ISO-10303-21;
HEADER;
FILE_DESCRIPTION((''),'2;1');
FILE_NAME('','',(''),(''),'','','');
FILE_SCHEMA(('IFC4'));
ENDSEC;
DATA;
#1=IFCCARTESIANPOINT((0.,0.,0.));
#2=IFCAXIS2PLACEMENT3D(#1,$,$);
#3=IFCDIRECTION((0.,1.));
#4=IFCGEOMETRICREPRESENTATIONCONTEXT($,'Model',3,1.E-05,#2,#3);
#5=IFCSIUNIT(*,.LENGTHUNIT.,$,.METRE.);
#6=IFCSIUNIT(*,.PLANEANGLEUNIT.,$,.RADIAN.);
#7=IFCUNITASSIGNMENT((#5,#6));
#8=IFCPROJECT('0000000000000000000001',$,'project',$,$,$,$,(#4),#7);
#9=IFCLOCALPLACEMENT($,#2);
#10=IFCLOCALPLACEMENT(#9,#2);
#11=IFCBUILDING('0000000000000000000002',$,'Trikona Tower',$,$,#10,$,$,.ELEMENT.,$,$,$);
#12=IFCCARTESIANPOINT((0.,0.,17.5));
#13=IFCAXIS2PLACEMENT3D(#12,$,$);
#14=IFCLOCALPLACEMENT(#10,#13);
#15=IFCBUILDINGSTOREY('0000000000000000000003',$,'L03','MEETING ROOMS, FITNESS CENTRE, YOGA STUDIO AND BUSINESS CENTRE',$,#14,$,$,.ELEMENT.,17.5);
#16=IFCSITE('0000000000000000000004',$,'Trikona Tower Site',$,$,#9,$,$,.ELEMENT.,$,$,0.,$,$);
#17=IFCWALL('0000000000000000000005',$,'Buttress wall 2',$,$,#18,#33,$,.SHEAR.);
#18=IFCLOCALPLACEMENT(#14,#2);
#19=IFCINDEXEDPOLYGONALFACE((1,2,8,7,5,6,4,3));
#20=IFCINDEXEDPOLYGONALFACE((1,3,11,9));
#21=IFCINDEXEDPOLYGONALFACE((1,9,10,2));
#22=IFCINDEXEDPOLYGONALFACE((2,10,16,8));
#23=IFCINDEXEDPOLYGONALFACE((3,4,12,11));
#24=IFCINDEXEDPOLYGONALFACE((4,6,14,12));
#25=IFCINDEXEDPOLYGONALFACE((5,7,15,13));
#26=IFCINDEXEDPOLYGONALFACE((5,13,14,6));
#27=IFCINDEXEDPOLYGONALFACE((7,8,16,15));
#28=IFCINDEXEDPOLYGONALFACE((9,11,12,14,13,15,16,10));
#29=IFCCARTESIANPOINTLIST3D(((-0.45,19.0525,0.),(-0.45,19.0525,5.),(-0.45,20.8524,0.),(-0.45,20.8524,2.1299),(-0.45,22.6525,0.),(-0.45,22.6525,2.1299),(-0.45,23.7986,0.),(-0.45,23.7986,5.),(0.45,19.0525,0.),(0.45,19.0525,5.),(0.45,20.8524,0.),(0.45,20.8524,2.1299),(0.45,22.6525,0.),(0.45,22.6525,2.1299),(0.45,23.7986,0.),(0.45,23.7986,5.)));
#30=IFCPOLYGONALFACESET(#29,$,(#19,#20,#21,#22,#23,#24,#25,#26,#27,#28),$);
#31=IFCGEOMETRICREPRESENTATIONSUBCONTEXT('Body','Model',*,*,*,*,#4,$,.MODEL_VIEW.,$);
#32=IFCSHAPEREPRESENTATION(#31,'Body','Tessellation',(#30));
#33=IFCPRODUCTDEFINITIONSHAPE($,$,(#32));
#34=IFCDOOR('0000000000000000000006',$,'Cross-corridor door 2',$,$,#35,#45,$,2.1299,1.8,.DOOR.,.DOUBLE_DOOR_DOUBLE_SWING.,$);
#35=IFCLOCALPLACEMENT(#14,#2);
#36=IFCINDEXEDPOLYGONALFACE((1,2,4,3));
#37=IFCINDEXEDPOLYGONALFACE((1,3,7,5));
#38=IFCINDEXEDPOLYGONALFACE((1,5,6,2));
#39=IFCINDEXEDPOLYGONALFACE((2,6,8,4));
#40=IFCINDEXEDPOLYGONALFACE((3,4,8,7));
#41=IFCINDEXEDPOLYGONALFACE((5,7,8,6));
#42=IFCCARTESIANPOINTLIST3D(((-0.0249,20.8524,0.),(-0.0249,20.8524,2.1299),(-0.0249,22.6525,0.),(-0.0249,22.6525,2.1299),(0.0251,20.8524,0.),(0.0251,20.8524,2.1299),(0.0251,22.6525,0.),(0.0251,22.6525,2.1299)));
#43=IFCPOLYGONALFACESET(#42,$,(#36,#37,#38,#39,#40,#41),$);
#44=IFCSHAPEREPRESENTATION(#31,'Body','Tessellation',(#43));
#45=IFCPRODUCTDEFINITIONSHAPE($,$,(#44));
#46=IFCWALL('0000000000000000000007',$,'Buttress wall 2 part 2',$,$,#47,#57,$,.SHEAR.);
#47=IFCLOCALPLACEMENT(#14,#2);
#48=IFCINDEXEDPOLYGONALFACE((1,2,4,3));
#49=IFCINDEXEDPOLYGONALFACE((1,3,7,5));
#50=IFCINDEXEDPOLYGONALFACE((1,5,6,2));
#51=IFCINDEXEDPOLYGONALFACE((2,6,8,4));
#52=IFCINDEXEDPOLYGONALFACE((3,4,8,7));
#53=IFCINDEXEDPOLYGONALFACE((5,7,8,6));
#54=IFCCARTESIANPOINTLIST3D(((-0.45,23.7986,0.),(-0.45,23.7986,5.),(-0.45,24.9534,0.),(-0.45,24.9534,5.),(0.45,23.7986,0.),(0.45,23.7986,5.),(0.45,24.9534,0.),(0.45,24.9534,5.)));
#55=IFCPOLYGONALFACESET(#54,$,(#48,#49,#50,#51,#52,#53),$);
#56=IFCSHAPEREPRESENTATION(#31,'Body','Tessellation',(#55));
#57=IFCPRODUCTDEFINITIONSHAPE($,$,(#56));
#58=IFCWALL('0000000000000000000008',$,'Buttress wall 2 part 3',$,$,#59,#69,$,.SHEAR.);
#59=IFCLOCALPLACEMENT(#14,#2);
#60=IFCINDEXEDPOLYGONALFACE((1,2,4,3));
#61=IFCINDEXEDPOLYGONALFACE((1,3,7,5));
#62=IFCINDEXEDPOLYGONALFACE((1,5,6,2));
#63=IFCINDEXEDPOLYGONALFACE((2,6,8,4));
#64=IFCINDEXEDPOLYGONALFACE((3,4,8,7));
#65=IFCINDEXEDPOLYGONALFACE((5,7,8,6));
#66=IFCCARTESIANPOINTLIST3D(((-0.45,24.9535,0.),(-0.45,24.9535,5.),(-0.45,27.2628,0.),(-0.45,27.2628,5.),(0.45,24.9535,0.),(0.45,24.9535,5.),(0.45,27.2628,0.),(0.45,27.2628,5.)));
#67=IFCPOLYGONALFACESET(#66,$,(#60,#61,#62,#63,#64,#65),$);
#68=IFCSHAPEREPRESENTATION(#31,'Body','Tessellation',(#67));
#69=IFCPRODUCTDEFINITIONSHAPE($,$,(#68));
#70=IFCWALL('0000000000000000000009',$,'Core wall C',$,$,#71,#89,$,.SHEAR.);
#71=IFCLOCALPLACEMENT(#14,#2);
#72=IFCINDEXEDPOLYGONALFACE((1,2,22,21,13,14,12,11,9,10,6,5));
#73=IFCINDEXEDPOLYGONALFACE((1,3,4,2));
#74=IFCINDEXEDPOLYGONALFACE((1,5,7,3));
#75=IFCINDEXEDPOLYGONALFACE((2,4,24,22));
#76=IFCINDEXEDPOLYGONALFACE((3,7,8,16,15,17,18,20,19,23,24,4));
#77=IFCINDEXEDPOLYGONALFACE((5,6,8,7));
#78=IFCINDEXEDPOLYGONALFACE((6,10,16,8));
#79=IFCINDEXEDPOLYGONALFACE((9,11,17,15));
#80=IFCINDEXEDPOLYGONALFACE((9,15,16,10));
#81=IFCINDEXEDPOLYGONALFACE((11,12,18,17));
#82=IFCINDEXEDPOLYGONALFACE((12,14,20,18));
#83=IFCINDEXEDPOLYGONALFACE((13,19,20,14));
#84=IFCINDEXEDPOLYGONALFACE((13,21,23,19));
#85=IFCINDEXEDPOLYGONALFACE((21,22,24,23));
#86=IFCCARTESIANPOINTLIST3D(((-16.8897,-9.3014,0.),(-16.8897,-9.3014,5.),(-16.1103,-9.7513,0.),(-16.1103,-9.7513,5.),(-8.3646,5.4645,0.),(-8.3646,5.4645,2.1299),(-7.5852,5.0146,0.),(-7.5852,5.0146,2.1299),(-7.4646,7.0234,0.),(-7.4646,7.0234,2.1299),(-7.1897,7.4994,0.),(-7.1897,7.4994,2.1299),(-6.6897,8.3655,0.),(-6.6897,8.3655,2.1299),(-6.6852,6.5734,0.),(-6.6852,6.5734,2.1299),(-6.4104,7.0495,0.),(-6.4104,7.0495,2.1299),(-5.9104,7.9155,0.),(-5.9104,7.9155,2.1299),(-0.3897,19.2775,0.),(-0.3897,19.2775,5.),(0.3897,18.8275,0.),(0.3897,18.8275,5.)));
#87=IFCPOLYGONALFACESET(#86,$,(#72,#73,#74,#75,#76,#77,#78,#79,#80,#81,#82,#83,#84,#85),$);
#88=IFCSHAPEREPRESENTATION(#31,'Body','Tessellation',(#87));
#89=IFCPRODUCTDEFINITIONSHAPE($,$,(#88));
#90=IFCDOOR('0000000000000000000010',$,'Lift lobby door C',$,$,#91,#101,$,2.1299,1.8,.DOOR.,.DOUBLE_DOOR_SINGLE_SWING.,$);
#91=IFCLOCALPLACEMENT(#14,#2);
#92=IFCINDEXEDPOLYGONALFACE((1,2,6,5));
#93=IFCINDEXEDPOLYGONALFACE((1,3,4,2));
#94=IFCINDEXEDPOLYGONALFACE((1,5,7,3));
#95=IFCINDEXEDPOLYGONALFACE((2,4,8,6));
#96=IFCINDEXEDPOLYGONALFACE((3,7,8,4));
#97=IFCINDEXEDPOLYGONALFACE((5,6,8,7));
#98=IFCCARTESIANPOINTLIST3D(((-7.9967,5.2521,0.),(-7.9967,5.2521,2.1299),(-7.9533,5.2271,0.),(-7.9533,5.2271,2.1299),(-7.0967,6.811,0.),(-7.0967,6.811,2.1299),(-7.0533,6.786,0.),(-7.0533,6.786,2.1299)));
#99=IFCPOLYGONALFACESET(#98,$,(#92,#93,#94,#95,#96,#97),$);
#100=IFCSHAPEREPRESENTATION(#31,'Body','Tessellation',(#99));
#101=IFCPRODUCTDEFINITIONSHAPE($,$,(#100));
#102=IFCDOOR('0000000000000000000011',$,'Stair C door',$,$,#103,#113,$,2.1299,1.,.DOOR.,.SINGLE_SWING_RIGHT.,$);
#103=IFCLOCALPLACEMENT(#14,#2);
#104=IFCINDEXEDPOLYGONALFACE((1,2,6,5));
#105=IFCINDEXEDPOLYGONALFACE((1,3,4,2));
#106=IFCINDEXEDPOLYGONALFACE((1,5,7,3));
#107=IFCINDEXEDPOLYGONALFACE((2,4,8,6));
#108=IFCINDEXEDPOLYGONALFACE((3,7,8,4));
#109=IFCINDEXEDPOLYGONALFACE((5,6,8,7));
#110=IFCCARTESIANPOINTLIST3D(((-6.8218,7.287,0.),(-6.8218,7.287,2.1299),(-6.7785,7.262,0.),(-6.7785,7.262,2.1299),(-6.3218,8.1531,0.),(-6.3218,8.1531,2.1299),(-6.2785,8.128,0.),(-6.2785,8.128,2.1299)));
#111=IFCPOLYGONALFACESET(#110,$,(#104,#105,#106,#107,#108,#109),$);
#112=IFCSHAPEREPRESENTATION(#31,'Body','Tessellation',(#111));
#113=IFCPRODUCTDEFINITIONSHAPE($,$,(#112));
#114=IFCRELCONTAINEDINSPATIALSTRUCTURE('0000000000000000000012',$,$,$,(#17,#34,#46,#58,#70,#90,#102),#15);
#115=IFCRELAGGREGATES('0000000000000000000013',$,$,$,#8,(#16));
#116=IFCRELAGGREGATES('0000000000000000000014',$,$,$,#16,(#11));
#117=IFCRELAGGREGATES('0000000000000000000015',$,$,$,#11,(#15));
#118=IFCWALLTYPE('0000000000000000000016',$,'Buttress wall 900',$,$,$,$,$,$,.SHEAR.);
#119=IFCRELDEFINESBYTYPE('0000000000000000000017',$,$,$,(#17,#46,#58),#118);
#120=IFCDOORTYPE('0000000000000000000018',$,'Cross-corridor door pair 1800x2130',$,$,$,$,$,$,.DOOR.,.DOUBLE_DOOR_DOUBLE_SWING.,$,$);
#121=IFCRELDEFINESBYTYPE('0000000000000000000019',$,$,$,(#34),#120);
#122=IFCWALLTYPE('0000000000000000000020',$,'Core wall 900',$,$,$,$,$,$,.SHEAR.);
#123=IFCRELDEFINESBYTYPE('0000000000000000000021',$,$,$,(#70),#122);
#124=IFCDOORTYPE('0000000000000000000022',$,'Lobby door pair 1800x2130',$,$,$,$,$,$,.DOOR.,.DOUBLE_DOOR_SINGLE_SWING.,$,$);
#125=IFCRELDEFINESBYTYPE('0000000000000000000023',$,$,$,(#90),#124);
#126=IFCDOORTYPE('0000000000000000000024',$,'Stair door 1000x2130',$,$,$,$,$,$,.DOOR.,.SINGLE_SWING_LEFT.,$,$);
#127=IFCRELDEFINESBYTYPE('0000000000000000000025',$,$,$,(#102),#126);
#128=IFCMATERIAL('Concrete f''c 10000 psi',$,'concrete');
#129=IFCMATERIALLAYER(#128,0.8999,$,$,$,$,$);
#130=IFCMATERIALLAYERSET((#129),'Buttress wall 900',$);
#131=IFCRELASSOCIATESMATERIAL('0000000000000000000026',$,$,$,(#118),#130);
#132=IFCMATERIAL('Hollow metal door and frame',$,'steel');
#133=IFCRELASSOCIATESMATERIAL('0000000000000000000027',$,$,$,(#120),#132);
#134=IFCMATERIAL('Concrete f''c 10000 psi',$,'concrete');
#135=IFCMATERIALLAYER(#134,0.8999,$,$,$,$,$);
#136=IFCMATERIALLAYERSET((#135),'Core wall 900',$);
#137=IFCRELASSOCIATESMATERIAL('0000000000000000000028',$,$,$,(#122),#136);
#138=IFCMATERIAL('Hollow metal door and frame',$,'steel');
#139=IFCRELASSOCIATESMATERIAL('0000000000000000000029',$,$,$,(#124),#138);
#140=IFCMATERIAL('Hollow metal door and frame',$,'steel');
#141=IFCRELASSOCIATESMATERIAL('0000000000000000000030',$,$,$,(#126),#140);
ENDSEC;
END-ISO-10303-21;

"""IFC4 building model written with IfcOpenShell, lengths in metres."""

from ifc_helpers import new_model, si_unit, direction, frame, frame_2d, origin, place, context, subcontext, project, spatial, rectangle, extrude, material, layer, layer_set, type_object, element, fill, save


model = new_model("IFC4")

# Units and contexts
model_context = context("Model", 3, precision=1e-05, world=origin(), true_north=direction((0.0, 1.0)))
body_context = subcontext(model_context, "Body", "Model", "MODEL_VIEW")
ifc_project = project(units=[si_unit("LENGTHUNIT", "METRE"), si_unit("PLANEANGLEUNIT", "RADIAN")], contexts=[model_context])

# Site, building, storey
site_placement = place(None, origin())
site = spatial("IfcSite", under=ifc_project, at=site_placement, Name="Trikona Tower Site", CompositionType="ELEMENT", RefElevation=0.0)
building_placement = place(site_placement, origin())
building = spatial("IfcBuilding", under=site, at=building_placement, Name="Trikona Tower", CompositionType="ELEMENT")
storey_placement = place(building_placement, frame((0.0, 0.0, 17.5)))
storey = spatial("IfcBuildingStorey", under=building, at=storey_placement, Name="L03", Description="MEETING ROOMS, FITNESS CENTRE, YOGA STUDIO AND BUSINESS CENTRE", CompositionType="ELEMENT", Elevation=17.5)

# Wall, opening, door
ifc_material_1 = material(Name="Concrete f'c 10000 psi", Category="concrete")
ifc_layer_1 = layer(ifc_material_1, 0.8999)
ifc_layer_set_1 = layer_set([ifc_layer_1], Name="Buttress wall 900")
wall_type_1 = type_object("IfcWallType", Name="Buttress wall 900", PredefinedType="SHEAR", material=ifc_layer_set_1)
wall_1_placement = place(storey_placement, frame((0.0, 19.0525, 0.0), z_axis=(0.0, 0.0, 1.0), x_axis=(0.0, 1.0, 0.0)))
wall_1 = element("IfcWall", 1, at=wall_1_placement, inside=storey, type_object=wall_type_1, Name="Buttress wall 2", PredefinedType="SHEAR", context=body_context, shape_type="SweptSolid", body=[
    extrude(rectangle(XDim=4.7461, YDim=0.8999, at=frame_2d((2.373, 0.0))), origin(), (0.0, 0.0, 1.0), 5.0),
])
opening_1_placement = place(wall_1_placement, frame((1.8, 0.0, 0.0)))
opening_1 = element("IfcOpeningElement", 2, at=opening_1_placement, cuts=wall_1, PredefinedType="OPENING", context=body_context, shape_type="SweptSolid", body=[
    extrude(rectangle(XDim=1.8, YDim=2.1299, at=frame_2d((0.8999, 1.0649))), frame((0.0, 0.46, 0.0), z_axis=(0.0, -1.0, 0.0), x_axis=(1.0, 0.0, 0.0)), (0.0, 0.0, 1.0), 0.9199),
])
ifc_material_2 = material(Name="Hollow metal door and frame", Category="steel")
door_type_1 = type_object("IfcDoorType", Name="Cross-corridor door pair 1800x2130", OperationType="DOUBLE_DOOR_DOUBLE_SWING", PredefinedType="DOOR", material=ifc_material_2)
door_1_placement = place(opening_1_placement, origin())
door_1 = element("IfcDoor", 3, at=door_1_placement, inside=storey, type_object=door_type_1, Name="Cross-corridor door 2", OperationType="DOUBLE_DOOR_DOUBLE_SWING", OverallHeight=2.1299, OverallWidth=1.8, PredefinedType="DOOR", context=body_context, shape_type="SweptSolid", body=[
    extrude(rectangle(XDim=1.8, YDim=2.1299, at=frame_2d((0.8999, 1.0649))), frame((0.0, 0.0249, 0.0), z_axis=(0.0, -1.0, 0.0), x_axis=(1.0, 0.0, 0.0)), (0.0, 0.0, 1.0), 0.05),
])
fill(opening_1, door_1)

# Walls
wall_2_placement = place(storey_placement, frame((0.0, 23.7986, 0.0), z_axis=(0.0, 0.0, 1.0), x_axis=(0.0, 1.0, 0.0)))
element("IfcWall", 4, at=wall_2_placement, inside=storey, type_object=wall_type_1, Name="Buttress wall 2 part 2", PredefinedType="SHEAR", context=body_context, shape_type="SweptSolid", body=[
    extrude(rectangle(XDim=1.1548, YDim=0.8999, at=frame_2d((0.5774, 0.0))), origin(), (0.0, 0.0, 1.0), 5.0),
])
wall_3_placement = place(storey_placement, frame((0.0, 24.9534, 0.0), z_axis=(0.0, 0.0, 1.0), x_axis=(0.0, 1.0, 0.0)))
element("IfcWall", 5, at=wall_3_placement, inside=storey, type_object=wall_type_1, Name="Buttress wall 2 part 3", PredefinedType="SHEAR", context=body_context, shape_type="SweptSolid", body=[
    extrude(rectangle(XDim=2.3093, YDim=0.8999, at=frame_2d((1.1548, 0.0))), origin(), (0.0, 0.0, 1.0), 5.0),
])

# Wall, openings, doors
ifc_material_3 = material(Name="Concrete f'c 10000 psi", Category="concrete")
ifc_layer_2 = layer(ifc_material_3, 0.8999)
ifc_layer_set_2 = layer_set([ifc_layer_2], Name="Core wall 900")
wall_type_2 = type_object("IfcWallType", Name="Core wall 900", PredefinedType="SHEAR", material=ifc_layer_set_2)
wall_4_placement = place(storey_placement, frame((0.0, 19.0525, 0.0), z_axis=(0.0, 0.0, 1.0), x_axis=(-0.5, -0.866026, 0.0)))
wall_4 = element("IfcWall", 6, at=wall_4_placement, inside=storey, type_object=wall_type_2, Name="Core wall C", PredefinedType="SHEAR", context=body_context, shape_type="SweptSolid", body=[
    extrude(rectangle(XDim=33.0, YDim=0.8999, at=frame_2d((16.5, 0.0))), origin(), (0.0, 0.0, 1.0), 5.0),
])
opening_2_placement = place(wall_4_placement, frame((14.1499, 0.0, 0.0)))
opening_2 = element("IfcOpeningElement", 7, at=opening_2_placement, cuts=wall_4, PredefinedType="OPENING", context=body_context, shape_type="SweptSolid", body=[
    extrude(rectangle(XDim=1.8, YDim=2.1299, at=frame_2d((0.8999, 1.0649))), frame((0.0, 0.46, 0.0), z_axis=(0.0, -1.0, 0.0), x_axis=(1.0, 0.0, 0.0)), (0.0, 0.0, 1.0), 0.9199),
])
opening_3_placement = place(wall_4_placement, frame((12.6001, 0.0, 0.0)))
opening_3 = element("IfcOpeningElement", 8, at=opening_3_placement, cuts=wall_4, PredefinedType="OPENING", context=body_context, shape_type="SweptSolid", body=[
    extrude(rectangle(XDim=1.0, YDim=2.1299, at=frame_2d((0.5, 1.0649))), frame((0.0, 0.46, 0.0), z_axis=(0.0, -1.0, 0.0), x_axis=(1.0, 0.0, 0.0)), (0.0, 0.0, 1.0), 0.9199),
])
ifc_material_4 = material(Name="Hollow metal door and frame", Category="steel")
door_type_2 = type_object("IfcDoorType", Name="Lobby door pair 1800x2130", OperationType="DOUBLE_DOOR_SINGLE_SWING", PredefinedType="DOOR", material=ifc_material_4)
door_2_placement = place(opening_2_placement, origin())
door_2 = element("IfcDoor", 9, at=door_2_placement, inside=storey, type_object=door_type_2, Name="Lift lobby door C", OperationType="DOUBLE_DOOR_SINGLE_SWING", OverallHeight=2.1299, OverallWidth=1.8, PredefinedType="DOOR", context=body_context, shape_type="SweptSolid", body=[
    extrude(rectangle(XDim=1.8, YDim=2.1299, at=frame_2d((0.8999, 1.0649))), frame((0.0, 0.0249, 0.0), z_axis=(0.0, -1.0, 0.0), x_axis=(1.0, 0.0, 0.0)), (0.0, 0.0, 1.0), 0.05),
])
fill(opening_2, door_2)
ifc_material_5 = material(Name="Hollow metal door and frame", Category="steel")
door_type_3 = type_object("IfcDoorType", Name="Stair door 1000x2130", OperationType="SINGLE_SWING_LEFT", PredefinedType="DOOR", material=ifc_material_5)
door_3_placement = place(opening_3_placement, origin())
door_3 = element("IfcDoor", 10, at=door_3_placement, inside=storey, type_object=door_type_3, Name="Stair C door", OperationType="SINGLE_SWING_RIGHT", OverallHeight=2.1299, OverallWidth=1.0, PredefinedType="DOOR", context=body_context, shape_type="SweptSolid", body=[
    extrude(rectangle(XDim=1.0, YDim=2.1299, at=frame_2d((0.5, 1.0649))), frame((0.0, 0.0249, 0.0), z_axis=(0.0, -1.0, 0.0), x_axis=(1.0, 0.0, 0.0)), (0.0, 0.0, 1.0), 0.05),
])
fill(opening_3, door_3)

save(model, "model.ifc")
